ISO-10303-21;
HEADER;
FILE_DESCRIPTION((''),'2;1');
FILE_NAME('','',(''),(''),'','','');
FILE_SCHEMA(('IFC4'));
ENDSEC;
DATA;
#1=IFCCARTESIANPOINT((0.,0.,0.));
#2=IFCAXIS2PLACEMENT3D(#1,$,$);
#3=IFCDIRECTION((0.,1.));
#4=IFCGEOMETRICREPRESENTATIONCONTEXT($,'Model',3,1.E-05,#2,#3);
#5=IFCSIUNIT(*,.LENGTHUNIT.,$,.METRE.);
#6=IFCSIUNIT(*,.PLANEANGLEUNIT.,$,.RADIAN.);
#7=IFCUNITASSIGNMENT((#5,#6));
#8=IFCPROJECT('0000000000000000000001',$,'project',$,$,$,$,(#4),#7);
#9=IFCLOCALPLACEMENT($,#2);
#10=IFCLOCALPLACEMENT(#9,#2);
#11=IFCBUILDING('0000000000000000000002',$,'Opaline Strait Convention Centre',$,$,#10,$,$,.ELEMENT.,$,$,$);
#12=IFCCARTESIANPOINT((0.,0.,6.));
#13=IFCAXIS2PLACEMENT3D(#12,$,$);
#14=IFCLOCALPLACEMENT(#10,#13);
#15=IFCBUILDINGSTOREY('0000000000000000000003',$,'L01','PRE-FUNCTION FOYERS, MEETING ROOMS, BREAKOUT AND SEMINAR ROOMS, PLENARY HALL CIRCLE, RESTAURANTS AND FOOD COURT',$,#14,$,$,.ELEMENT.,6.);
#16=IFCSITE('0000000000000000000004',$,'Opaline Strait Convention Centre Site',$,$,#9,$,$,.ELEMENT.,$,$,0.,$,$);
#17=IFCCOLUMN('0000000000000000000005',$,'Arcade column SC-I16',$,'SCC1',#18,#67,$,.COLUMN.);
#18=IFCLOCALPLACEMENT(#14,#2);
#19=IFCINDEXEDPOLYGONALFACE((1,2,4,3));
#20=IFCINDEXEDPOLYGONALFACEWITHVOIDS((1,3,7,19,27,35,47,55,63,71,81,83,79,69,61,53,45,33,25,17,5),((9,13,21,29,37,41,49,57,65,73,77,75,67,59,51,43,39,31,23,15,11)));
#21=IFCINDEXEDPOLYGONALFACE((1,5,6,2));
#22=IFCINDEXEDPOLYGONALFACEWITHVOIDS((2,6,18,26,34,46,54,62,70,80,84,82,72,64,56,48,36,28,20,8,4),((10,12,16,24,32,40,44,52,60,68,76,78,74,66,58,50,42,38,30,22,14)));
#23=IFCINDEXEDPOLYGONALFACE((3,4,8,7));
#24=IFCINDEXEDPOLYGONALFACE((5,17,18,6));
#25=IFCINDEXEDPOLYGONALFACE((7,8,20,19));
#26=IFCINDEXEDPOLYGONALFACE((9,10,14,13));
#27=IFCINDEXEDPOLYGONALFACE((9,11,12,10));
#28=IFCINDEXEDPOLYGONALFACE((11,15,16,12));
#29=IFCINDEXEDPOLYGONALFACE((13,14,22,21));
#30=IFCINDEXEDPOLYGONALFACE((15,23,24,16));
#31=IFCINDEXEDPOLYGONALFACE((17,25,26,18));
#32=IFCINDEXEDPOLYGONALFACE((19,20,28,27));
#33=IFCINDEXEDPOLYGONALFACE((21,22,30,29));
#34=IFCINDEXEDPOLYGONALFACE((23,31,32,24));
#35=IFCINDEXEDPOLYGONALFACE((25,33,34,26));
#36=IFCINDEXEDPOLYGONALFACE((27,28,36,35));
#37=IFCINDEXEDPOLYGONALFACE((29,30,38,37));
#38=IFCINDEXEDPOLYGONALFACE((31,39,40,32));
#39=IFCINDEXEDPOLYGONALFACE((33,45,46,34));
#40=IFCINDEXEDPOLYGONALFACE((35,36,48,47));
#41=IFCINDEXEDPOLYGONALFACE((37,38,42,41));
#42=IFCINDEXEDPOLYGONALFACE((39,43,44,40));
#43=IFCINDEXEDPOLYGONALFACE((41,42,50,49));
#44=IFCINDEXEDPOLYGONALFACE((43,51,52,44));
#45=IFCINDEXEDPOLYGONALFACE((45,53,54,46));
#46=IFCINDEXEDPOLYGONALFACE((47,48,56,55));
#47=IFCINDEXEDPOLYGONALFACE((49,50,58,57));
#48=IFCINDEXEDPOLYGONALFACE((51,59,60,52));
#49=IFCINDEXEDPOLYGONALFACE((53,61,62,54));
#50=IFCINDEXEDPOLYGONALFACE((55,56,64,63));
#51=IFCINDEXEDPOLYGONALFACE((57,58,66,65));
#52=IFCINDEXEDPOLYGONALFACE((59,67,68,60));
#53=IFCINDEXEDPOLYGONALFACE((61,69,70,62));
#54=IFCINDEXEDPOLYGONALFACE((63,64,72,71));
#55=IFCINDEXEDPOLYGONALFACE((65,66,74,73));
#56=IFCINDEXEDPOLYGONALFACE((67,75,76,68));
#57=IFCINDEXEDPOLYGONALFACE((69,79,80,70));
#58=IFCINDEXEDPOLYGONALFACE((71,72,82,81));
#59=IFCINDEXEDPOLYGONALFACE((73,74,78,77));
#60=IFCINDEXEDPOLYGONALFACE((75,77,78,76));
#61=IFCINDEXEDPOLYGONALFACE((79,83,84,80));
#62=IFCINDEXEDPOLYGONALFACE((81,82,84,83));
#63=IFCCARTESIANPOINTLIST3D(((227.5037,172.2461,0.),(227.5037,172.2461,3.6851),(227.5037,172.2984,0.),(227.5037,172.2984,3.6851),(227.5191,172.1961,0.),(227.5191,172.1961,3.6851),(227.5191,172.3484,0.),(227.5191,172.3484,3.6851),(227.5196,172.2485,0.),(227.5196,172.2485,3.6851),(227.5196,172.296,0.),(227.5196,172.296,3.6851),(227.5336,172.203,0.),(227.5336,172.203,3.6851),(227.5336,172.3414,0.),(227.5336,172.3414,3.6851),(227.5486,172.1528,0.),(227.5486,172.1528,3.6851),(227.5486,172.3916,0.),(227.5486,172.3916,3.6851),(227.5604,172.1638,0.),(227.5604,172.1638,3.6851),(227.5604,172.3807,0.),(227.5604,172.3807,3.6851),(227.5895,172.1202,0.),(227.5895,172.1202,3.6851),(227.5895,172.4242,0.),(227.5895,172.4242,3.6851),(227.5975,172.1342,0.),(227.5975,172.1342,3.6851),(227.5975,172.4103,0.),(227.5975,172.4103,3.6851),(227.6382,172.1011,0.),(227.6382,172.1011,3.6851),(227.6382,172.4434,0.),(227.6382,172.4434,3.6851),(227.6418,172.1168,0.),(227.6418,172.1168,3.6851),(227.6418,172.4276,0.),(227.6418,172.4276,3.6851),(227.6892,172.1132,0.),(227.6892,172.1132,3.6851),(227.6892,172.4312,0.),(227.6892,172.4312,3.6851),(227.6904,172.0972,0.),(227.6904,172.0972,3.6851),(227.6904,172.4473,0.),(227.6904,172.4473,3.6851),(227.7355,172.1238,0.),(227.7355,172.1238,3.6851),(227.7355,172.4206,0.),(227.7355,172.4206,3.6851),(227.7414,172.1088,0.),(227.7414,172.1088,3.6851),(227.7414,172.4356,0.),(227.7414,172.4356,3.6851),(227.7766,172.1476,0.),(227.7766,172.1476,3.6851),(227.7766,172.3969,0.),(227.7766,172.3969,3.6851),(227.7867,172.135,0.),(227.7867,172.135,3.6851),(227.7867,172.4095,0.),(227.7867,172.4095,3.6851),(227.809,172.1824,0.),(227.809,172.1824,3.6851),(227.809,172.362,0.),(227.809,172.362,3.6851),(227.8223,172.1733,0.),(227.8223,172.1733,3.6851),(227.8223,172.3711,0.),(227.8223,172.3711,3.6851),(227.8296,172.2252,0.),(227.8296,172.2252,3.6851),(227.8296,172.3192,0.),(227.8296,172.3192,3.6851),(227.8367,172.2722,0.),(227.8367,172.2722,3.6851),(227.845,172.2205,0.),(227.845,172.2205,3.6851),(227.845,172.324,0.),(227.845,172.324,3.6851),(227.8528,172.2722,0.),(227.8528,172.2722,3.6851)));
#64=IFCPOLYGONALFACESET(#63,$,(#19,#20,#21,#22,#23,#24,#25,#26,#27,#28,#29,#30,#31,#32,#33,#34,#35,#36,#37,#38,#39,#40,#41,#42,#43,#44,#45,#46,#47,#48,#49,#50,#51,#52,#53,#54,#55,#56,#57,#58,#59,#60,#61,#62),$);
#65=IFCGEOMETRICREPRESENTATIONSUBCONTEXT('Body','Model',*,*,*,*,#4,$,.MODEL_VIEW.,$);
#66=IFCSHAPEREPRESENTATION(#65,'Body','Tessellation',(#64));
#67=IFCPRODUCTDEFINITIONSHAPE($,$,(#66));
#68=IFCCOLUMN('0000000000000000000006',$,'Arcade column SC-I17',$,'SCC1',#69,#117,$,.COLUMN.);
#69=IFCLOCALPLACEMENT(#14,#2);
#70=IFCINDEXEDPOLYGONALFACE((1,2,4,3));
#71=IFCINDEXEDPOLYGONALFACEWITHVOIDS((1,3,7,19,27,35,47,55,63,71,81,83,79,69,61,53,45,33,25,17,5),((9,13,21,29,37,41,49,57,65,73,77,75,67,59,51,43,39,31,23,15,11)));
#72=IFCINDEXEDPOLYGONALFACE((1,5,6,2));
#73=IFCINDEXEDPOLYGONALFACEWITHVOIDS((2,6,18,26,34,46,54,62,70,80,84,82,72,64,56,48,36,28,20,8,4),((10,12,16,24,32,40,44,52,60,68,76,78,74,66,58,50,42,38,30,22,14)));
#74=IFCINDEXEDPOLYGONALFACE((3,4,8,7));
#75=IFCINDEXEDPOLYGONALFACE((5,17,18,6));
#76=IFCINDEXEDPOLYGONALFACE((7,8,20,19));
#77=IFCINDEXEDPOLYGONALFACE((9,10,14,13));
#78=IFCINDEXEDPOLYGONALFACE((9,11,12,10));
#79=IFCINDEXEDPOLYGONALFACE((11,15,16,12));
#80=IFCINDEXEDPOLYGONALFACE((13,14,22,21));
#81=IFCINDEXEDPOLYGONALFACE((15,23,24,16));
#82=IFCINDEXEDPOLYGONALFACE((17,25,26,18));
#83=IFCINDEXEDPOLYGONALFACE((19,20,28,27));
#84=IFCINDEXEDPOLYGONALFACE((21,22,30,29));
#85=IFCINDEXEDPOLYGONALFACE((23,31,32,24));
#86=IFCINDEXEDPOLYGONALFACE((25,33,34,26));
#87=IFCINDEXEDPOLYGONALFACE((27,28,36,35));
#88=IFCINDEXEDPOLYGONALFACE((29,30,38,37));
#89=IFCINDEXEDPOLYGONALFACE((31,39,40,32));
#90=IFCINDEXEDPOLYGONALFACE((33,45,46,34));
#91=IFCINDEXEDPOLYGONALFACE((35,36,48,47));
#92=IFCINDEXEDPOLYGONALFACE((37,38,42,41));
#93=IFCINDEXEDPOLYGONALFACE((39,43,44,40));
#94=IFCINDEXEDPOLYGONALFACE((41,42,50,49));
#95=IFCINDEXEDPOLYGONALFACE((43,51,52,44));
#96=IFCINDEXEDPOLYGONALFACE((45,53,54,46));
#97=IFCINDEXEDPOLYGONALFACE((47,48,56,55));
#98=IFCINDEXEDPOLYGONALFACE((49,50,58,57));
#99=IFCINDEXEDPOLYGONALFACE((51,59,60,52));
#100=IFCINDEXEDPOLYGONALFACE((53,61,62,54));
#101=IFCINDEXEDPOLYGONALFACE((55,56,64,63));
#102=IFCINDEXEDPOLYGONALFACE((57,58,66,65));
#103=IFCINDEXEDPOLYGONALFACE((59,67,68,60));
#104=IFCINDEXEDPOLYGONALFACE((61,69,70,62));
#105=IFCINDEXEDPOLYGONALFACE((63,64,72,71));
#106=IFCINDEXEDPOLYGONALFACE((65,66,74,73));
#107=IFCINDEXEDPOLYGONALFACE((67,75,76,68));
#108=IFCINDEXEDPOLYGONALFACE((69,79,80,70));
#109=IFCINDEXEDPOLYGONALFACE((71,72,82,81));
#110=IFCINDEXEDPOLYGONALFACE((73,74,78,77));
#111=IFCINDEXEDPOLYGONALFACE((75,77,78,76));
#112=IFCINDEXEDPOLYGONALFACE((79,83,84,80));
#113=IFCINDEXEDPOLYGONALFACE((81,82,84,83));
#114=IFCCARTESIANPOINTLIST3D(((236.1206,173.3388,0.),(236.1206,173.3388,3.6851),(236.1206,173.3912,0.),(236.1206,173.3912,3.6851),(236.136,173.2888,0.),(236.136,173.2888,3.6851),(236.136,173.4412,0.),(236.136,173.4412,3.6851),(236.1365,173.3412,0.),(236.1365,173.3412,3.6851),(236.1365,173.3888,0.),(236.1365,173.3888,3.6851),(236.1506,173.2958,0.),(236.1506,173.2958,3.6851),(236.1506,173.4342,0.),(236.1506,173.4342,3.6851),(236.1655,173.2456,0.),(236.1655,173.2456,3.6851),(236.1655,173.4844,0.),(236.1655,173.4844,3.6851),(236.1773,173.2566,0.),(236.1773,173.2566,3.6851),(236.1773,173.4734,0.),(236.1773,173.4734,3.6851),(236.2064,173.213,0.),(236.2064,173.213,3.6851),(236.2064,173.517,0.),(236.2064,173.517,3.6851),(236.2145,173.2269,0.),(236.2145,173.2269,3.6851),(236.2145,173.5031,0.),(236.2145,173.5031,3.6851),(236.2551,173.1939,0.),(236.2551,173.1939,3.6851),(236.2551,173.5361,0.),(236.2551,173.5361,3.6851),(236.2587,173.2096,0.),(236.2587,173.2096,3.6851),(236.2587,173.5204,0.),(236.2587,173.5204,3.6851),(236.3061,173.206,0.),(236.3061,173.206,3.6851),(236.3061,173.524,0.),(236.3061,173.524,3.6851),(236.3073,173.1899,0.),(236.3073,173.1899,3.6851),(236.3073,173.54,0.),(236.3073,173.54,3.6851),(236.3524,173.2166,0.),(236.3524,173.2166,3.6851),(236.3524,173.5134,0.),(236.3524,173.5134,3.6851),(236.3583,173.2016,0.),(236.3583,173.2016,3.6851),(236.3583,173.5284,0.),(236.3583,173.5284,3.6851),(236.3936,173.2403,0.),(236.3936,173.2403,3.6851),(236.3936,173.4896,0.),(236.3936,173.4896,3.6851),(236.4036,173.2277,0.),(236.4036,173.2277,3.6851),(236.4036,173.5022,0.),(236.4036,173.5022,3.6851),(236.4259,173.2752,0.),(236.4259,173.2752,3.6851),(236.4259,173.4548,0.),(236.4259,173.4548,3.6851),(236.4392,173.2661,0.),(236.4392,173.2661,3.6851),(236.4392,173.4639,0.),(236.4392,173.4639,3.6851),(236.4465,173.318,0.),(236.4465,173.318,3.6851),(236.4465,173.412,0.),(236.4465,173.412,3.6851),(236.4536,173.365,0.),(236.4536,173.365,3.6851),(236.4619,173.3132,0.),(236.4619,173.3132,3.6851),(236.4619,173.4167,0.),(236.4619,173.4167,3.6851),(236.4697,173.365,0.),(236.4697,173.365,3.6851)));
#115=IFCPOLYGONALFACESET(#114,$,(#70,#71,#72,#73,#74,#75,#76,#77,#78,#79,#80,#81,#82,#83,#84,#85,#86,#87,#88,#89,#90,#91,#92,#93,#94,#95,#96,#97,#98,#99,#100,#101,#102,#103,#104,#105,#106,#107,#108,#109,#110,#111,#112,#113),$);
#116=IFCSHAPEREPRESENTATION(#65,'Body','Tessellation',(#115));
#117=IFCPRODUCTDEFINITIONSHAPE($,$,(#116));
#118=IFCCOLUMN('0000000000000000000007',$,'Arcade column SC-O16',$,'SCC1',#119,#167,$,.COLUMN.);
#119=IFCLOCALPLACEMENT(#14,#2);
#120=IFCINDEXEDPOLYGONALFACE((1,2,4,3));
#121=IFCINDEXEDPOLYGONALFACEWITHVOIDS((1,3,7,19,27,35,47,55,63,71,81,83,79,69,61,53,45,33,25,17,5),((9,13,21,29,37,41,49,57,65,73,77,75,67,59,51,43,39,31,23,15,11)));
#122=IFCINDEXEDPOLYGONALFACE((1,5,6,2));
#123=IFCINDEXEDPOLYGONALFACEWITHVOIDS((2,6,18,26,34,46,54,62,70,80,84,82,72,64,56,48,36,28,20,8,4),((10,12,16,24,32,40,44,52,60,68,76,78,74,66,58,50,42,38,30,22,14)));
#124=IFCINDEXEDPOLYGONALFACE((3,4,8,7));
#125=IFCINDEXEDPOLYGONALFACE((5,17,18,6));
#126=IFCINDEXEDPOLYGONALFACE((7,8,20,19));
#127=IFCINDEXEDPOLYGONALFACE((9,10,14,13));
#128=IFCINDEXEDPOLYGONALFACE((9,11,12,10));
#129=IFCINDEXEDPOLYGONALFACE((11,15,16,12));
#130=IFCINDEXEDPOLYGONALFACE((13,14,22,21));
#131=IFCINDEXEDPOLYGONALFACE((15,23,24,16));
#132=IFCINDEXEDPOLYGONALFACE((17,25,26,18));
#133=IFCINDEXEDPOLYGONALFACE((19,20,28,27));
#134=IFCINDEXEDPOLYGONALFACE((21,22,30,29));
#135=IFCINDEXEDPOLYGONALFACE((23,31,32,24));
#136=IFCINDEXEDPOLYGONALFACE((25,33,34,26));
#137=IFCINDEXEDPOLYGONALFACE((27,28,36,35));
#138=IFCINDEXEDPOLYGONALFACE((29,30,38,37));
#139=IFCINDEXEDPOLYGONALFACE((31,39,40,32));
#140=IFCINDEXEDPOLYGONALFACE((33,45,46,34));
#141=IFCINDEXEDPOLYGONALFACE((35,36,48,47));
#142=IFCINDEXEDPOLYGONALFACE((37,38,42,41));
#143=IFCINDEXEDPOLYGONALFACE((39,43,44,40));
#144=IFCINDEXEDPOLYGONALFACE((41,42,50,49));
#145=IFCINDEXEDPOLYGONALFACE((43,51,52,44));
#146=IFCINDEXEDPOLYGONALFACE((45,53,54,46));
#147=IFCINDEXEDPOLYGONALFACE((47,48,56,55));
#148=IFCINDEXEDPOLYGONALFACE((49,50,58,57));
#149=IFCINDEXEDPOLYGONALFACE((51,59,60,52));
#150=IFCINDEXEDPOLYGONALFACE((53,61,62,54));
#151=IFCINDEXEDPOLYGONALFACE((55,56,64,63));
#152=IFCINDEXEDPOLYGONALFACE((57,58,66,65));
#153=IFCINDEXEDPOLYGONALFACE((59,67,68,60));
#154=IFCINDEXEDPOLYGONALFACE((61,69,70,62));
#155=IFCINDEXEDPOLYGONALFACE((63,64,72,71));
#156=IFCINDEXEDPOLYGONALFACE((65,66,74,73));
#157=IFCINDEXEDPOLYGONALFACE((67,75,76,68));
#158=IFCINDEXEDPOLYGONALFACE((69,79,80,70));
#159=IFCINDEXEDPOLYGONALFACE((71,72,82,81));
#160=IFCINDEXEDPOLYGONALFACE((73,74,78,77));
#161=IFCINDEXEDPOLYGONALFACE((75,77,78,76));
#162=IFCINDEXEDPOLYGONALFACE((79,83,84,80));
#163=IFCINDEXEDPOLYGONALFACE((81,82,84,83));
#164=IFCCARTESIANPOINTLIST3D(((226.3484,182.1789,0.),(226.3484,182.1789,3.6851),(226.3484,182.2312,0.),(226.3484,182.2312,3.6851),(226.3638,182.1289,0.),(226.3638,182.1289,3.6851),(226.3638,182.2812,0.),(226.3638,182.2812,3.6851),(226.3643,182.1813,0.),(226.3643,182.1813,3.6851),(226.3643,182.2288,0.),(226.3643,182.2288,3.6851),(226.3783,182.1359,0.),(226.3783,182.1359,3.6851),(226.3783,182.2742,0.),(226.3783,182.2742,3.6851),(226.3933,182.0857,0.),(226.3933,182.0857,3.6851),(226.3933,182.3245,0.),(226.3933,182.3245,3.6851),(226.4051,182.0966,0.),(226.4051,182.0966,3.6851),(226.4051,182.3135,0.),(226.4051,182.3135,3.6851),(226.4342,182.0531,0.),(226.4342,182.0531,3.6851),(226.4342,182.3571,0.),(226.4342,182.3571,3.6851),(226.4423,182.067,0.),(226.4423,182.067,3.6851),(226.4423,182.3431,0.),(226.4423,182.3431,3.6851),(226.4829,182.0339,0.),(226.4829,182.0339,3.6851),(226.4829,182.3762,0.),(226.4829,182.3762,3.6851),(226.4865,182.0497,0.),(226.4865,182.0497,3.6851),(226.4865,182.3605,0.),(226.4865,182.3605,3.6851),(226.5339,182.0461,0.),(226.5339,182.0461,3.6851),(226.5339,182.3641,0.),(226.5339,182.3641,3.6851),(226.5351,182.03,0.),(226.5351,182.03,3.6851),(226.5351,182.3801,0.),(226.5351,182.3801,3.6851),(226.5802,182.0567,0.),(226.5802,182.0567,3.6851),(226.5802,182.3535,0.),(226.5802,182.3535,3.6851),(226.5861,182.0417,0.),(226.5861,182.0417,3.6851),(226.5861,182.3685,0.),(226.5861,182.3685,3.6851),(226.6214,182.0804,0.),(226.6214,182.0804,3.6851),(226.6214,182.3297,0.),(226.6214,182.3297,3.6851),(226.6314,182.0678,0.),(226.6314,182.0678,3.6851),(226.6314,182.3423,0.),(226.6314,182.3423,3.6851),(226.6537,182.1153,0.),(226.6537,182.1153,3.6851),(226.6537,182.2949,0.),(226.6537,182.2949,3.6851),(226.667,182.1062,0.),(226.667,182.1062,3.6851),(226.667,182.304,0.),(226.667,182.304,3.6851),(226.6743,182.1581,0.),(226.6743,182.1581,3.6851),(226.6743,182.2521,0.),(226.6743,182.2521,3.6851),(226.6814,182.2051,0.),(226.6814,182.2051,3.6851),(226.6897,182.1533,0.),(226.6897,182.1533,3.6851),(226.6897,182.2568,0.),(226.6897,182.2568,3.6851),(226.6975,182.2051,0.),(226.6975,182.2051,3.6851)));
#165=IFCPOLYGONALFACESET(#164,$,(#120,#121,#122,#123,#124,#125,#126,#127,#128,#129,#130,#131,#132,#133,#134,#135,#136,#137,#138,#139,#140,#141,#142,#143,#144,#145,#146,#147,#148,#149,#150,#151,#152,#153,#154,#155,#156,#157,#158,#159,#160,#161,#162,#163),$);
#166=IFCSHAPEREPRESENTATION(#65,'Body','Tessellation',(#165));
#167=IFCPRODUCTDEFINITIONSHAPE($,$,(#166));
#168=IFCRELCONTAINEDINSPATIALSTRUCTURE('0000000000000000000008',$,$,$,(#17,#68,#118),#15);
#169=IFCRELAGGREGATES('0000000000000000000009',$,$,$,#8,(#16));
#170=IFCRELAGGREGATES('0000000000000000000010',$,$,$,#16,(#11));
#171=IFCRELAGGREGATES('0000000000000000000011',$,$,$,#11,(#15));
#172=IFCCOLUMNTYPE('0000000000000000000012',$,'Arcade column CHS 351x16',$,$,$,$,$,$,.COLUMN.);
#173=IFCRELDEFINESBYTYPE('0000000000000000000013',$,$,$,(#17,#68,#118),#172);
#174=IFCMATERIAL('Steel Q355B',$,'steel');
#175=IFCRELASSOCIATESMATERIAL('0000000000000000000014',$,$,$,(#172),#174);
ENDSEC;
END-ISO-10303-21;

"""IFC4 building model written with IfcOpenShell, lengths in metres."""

from ifc_helpers import new_model, si_unit, direction, frame, origin, origin_2d, place, context, subcontext, project, spatial, hollow_circle, extrude, material, material_profile, profile_set, type_object, element, save


model = new_model("IFC4")

# Units and contexts
model_context = context("Model", 3, precision=1e-05, world=origin(), true_north=direction((0.0, 1.0)))
body_context = subcontext(model_context, "Body", "Model", "MODEL_VIEW")
ifc_project = project(units=[si_unit("LENGTHUNIT", "METRE"), si_unit("PLANEANGLEUNIT", "RADIAN")], contexts=[model_context])

# Site, building, storey
site_placement = place(None, origin())
site = spatial("IfcSite", under=ifc_project, at=site_placement, Name="Opaline Strait Convention Centre Site", CompositionType="ELEMENT", RefElevation=0.0)
building_placement = place(site_placement, origin())
building = spatial("IfcBuilding", under=site, at=building_placement, Name="Opaline Strait Convention Centre", CompositionType="ELEMENT")
storey_placement = place(building_placement, frame((0.0, 0.0, 6.0)))
storey = spatial("IfcBuildingStorey", under=building, at=storey_placement, Name="L01", Description="PRE-FUNCTION FOYERS, MEETING ROOMS, BREAKOUT AND SEMINAR ROOMS, PLENARY HALL CIRCLE, RESTAURANTS AND FOOD COURT", CompositionType="ELEMENT", Elevation=6.0)

# Columns
ifc_material_1 = material(Name="Steel Q355B", Category="steel")
ifc_material_profile_1 = material_profile(ifc_material_1, hollow_circle(Radius=0.1755, WallThickness=0.0161, at=origin_2d()), Name="CHS 351x16")
ifc_profile_set_1 = profile_set([ifc_material_profile_1], Name="Steel Q355B")
column_type = type_object("IfcColumnType", Name="Arcade column CHS 351x16", PredefinedType="COLUMN", material=ifc_profile_set_1)
for number, where, z_axis, x_axis, name in (
    (1, (227.6772, 172.2722, 0.0), (0.0, 0.0, 1.0), (1.0, 0.0, 0.0), "Arcade column SC-I16"),
    (2, (236.2942, 173.365, 0.0), (0.0, 0.0, 1.0), (1.0, 0.0, 0.0), "Arcade column SC-I17"),
    (3, (226.522, 182.2051, 0.0), (0.0, 0.0, 1.0), (1.0, 0.0, 0.0), "Arcade column SC-O16"),
):
    element("IfcColumn", number, at=place(storey_placement, frame(where, z_axis=z_axis, x_axis=x_axis)), inside=storey, type_object=column_type, Name=name, ObjectType="SCC1", PredefinedType="COLUMN", context=body_context, shape_type="SweptSolid", body=[
        extrude(hollow_circle(Radius=0.1755, WallThickness=0.0161, at=origin_2d()), origin(), (0.0, 0.0, 1.0), 3.6851),
    ])

save(model, "model.ifc")
